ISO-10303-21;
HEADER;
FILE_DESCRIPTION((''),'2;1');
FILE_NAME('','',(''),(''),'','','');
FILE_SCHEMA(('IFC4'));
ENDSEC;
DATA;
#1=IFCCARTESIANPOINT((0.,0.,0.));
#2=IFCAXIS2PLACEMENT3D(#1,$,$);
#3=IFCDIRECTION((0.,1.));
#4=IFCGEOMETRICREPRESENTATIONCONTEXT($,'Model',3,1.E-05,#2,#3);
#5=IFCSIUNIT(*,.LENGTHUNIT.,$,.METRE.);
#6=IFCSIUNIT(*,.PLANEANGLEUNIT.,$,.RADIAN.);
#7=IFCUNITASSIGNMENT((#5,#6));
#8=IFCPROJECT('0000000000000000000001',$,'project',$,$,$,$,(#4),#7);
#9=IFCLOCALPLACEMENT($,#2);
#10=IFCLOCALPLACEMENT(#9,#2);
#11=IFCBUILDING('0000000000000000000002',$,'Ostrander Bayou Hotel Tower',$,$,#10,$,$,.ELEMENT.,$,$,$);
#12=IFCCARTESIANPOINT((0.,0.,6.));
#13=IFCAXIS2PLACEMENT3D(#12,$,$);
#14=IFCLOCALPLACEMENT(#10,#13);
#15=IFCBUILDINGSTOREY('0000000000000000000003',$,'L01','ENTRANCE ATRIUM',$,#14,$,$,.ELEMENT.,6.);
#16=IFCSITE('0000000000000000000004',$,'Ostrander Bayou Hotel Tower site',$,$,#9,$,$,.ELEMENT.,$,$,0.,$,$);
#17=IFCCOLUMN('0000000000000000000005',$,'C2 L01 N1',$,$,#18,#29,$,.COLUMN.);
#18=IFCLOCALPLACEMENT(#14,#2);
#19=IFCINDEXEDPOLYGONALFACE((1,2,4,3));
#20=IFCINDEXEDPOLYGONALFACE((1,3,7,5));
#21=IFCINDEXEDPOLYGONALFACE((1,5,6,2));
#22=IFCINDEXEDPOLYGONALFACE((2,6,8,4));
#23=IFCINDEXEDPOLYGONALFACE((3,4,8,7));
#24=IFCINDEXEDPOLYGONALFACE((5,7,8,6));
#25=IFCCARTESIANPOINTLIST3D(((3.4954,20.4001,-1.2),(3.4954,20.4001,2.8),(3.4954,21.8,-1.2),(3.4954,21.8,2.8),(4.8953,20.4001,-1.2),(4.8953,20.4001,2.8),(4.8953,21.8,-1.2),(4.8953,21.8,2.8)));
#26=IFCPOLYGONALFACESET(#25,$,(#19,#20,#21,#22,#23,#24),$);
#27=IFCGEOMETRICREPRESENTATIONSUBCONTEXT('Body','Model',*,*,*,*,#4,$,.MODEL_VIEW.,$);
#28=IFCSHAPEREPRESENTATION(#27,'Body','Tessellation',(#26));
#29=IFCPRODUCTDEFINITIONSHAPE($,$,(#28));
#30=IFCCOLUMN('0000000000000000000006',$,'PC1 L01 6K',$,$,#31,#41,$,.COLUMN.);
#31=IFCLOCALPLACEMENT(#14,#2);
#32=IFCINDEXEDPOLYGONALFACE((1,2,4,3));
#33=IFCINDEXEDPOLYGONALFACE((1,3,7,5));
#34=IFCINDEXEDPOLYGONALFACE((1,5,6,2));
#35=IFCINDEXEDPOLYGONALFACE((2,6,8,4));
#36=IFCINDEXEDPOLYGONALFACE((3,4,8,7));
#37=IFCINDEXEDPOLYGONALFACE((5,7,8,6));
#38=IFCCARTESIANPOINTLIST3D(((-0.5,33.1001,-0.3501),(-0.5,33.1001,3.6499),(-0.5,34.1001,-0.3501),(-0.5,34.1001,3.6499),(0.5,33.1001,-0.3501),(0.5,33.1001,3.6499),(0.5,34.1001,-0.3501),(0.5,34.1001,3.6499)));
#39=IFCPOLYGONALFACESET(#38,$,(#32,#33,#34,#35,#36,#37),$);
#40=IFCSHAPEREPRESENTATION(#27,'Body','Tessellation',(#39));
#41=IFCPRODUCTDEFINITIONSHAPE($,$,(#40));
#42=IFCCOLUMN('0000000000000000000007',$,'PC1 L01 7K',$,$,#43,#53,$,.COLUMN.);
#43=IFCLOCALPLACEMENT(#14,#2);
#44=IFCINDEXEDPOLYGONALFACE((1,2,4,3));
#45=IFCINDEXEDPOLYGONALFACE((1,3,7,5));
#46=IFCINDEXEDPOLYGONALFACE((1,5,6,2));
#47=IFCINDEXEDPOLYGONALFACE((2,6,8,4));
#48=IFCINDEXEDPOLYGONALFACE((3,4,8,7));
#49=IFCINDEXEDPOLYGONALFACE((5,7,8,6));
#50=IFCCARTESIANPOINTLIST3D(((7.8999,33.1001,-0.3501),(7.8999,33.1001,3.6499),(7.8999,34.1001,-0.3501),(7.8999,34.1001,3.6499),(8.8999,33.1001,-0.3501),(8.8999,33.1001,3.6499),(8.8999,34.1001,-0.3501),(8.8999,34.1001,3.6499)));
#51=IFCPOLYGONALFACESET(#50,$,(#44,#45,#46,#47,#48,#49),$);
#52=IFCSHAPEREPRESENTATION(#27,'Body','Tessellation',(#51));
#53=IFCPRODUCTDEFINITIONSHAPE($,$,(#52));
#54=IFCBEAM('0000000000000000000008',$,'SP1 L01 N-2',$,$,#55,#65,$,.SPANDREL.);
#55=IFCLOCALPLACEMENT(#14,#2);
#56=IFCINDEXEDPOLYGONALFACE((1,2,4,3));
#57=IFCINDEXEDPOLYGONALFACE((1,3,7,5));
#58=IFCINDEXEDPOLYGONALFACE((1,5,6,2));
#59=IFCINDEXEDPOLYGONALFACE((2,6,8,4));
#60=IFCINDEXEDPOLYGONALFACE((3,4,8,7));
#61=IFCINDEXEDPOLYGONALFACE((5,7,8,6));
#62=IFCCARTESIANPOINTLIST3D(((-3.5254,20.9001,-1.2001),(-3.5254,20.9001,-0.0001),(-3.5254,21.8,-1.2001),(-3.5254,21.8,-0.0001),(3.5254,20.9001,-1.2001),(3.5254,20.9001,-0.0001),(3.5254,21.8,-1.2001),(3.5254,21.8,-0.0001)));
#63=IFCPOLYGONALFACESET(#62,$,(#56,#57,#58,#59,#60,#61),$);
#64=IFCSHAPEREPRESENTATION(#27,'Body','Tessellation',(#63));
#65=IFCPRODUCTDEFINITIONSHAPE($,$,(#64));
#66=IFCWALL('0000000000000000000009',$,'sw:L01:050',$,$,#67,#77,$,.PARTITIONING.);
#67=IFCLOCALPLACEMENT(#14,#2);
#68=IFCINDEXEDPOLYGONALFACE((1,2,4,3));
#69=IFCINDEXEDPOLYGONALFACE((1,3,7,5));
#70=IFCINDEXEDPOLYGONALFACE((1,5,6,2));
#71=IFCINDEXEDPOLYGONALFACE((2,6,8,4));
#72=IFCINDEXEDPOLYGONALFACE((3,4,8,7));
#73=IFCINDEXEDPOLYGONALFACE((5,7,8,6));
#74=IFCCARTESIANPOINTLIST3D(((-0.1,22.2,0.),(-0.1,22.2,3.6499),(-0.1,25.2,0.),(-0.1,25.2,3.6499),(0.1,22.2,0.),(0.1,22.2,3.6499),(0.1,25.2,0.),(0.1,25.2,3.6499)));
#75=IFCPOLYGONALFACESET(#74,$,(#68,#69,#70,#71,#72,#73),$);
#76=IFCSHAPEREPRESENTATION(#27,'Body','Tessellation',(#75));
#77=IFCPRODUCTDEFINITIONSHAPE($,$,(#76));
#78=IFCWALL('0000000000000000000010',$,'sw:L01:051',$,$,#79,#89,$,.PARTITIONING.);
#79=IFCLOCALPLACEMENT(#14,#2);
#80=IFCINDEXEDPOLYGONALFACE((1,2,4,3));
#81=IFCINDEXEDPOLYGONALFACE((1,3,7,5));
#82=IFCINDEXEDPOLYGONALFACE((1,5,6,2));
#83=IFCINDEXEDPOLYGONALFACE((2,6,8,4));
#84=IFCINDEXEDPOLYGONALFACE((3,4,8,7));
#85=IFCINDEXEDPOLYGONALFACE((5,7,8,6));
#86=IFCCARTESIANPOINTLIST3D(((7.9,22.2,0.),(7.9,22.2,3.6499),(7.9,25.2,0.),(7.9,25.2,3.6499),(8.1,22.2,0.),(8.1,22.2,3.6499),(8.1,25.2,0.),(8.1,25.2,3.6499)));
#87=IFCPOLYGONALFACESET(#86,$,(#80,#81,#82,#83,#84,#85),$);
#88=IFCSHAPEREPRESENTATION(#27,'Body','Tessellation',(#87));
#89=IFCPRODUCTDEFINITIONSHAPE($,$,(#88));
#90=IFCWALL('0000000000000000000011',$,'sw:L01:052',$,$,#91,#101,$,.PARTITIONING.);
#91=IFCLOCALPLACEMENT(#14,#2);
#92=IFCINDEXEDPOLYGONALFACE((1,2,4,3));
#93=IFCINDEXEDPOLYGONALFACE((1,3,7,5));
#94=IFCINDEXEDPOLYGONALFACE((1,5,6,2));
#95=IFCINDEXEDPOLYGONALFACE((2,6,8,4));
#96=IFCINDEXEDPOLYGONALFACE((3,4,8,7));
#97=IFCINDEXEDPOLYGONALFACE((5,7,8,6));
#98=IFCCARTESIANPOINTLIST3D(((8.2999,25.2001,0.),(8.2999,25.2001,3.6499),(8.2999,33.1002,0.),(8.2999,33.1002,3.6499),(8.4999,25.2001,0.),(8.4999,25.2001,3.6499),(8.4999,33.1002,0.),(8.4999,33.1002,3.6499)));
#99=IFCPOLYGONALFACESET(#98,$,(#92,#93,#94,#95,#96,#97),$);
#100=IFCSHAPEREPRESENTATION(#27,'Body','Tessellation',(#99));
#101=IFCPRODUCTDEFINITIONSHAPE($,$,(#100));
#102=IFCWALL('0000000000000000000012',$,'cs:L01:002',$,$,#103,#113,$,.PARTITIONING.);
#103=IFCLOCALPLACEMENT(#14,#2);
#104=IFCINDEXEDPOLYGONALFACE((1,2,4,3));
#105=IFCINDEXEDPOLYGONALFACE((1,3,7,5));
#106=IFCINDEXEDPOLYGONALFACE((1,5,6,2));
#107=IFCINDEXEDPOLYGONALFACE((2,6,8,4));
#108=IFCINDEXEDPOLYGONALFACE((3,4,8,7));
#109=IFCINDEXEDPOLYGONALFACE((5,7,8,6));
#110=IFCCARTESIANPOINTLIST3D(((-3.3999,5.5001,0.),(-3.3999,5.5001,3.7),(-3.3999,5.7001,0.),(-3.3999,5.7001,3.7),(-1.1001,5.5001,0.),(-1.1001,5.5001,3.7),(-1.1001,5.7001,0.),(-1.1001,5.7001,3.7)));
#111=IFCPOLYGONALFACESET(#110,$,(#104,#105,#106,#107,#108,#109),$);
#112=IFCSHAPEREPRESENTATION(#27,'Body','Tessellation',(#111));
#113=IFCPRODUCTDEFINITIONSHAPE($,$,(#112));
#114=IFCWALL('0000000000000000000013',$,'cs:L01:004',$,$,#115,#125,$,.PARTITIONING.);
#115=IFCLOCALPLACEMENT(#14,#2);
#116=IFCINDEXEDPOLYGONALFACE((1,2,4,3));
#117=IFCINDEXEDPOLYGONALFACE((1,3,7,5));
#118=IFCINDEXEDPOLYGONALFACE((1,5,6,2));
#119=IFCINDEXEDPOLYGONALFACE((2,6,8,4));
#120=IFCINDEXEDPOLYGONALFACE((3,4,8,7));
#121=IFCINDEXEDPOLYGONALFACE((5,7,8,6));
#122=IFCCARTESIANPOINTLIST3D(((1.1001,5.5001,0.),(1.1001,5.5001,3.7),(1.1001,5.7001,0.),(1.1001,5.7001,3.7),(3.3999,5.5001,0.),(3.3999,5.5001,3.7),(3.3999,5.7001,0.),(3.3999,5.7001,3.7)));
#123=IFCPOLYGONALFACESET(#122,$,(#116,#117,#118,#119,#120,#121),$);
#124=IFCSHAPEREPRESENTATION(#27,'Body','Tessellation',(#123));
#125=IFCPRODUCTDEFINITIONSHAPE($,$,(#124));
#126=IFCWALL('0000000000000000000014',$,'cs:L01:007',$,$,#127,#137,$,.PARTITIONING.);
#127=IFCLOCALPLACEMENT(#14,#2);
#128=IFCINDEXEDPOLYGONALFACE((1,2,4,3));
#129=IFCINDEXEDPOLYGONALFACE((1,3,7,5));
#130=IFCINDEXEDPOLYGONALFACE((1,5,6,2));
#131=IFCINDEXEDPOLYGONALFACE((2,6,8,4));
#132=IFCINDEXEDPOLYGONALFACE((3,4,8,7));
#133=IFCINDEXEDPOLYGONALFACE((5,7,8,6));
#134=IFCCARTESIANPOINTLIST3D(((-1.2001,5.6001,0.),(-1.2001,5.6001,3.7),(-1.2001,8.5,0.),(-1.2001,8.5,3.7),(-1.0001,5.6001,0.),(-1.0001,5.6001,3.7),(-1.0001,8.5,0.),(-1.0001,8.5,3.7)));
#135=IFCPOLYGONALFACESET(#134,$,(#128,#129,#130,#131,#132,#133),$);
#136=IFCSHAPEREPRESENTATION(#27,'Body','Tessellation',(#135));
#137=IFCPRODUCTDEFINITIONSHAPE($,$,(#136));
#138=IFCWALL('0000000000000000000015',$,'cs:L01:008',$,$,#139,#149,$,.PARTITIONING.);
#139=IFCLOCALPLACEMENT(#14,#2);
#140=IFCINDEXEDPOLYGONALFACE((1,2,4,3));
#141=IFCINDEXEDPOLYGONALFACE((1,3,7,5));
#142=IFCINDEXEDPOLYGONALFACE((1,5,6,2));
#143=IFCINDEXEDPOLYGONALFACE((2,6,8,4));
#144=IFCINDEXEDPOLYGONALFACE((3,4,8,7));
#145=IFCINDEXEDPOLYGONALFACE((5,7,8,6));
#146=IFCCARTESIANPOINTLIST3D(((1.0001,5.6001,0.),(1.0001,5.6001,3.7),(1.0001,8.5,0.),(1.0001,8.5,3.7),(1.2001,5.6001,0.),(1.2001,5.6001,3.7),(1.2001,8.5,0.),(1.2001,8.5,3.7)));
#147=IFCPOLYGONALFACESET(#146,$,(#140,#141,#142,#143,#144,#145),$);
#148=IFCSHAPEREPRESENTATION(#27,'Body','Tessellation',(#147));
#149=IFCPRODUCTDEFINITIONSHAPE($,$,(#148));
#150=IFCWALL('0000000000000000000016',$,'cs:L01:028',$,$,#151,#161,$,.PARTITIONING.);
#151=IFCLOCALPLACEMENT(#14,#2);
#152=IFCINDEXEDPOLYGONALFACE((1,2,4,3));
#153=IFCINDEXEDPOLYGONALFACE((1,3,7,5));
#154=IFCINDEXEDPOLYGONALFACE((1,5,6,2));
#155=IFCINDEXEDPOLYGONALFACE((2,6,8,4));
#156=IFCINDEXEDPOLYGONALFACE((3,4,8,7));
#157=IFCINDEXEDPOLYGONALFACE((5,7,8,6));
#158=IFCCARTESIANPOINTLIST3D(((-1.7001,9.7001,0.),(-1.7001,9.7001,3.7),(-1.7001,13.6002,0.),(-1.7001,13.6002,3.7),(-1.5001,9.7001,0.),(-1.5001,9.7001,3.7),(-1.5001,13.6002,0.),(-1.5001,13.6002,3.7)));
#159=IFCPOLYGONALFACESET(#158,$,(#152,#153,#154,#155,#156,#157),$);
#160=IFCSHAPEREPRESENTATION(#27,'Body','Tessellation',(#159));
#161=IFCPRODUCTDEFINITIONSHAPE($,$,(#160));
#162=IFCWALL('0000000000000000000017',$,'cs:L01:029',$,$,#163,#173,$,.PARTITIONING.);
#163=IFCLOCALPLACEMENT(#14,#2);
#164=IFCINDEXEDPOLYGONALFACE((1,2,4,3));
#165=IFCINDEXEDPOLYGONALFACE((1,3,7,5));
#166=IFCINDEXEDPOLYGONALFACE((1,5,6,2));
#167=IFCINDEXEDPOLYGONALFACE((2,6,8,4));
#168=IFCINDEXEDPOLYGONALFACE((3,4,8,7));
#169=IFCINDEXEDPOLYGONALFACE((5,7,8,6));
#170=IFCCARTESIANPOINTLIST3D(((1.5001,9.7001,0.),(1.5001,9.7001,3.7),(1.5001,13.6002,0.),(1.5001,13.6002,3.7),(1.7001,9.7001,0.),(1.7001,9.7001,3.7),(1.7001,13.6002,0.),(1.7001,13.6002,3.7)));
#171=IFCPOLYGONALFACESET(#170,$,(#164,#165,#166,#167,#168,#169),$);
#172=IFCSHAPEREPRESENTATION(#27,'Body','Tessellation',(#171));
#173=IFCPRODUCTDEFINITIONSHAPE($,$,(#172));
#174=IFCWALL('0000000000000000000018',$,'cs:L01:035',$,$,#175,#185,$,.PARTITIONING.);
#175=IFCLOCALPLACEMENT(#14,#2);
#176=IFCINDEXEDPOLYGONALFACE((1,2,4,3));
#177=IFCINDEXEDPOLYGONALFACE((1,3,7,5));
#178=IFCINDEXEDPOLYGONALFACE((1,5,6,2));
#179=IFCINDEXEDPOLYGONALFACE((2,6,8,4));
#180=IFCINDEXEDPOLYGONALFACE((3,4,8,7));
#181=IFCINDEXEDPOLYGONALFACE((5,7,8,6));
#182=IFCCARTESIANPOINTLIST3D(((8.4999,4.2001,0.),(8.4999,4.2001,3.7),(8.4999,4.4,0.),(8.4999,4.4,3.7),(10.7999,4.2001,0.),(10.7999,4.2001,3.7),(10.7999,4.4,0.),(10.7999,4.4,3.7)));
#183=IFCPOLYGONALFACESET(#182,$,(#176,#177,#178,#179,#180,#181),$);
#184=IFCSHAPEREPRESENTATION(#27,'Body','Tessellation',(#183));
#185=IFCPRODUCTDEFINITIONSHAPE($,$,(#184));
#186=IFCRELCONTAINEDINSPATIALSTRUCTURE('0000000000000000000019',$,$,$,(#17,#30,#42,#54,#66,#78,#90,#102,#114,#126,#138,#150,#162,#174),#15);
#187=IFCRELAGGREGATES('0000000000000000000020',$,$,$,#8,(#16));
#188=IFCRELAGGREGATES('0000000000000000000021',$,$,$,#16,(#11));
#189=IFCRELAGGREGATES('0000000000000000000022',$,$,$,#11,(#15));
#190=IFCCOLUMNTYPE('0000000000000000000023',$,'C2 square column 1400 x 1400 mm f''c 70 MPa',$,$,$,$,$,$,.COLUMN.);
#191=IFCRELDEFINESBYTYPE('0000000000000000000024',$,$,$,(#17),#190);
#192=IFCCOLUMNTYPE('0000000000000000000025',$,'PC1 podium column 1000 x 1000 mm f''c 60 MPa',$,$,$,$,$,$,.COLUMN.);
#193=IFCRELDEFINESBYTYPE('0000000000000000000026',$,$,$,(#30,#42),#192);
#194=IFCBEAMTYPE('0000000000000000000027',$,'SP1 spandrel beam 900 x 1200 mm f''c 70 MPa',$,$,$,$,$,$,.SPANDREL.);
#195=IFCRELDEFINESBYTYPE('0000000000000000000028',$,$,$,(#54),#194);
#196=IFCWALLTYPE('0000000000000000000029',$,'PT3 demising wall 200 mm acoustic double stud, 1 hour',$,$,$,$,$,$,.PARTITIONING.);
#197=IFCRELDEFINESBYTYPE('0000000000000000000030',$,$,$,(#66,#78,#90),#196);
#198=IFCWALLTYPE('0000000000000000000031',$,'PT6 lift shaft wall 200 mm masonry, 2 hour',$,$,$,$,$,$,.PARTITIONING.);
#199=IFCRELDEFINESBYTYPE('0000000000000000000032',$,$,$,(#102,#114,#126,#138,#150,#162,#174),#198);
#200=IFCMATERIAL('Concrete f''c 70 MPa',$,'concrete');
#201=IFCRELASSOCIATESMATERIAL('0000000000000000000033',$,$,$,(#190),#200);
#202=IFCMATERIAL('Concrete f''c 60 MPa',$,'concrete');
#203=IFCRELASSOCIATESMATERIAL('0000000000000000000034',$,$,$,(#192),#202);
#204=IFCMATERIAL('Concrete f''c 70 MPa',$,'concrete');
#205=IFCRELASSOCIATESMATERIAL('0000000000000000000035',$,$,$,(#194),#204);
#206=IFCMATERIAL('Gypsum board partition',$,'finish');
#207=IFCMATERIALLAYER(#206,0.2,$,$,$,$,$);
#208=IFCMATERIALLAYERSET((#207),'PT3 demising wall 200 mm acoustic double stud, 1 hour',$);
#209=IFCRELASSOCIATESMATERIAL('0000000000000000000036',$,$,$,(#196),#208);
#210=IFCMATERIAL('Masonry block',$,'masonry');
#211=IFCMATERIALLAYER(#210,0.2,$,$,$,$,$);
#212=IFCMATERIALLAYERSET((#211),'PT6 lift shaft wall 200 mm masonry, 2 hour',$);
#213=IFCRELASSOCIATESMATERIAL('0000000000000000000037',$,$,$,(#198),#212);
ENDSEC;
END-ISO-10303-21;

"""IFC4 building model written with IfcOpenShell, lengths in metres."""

from ifc_helpers import new_model, si_unit, direction, frame, frame_2d, origin, origin_2d, place, context, subcontext, project, spatial, rectangle, extrude, material, layer, layer_set, material_profile, profile_set, type_object, element, save


model = new_model("IFC4")

# Units and contexts
model_context = context("Model", 3, precision=1e-05, world=origin(), true_north=direction((0.0, 1.0)))
body_context = subcontext(model_context, "Body", "Model", "MODEL_VIEW")
ifc_project = project(units=[si_unit("LENGTHUNIT", "METRE"), si_unit("PLANEANGLEUNIT", "RADIAN")], contexts=[model_context])

# Site, building, storey
site_placement = place(None, origin())
site = spatial("IfcSite", under=ifc_project, at=site_placement, Name="Ostrander Bayou Hotel Tower site", CompositionType="ELEMENT", RefElevation=0.0)
building_placement = place(site_placement, origin())
building = spatial("IfcBuilding", under=site, at=building_placement, Name="Ostrander Bayou Hotel Tower", CompositionType="ELEMENT")
storey_placement = place(building_placement, frame((0.0, 0.0, 6.0)))
storey = spatial("IfcBuildingStorey", under=building, at=storey_placement, Name="L01", Description="ENTRANCE ATRIUM", CompositionType="ELEMENT", Elevation=6.0)

# Columns
ifc_material_1 = material(Name="Concrete f'c 70 MPa", Category="concrete")
ifc_material_profile_1 = material_profile(ifc_material_1, rectangle(XDim=1.3999, YDim=1.3999, at=origin_2d()))
ifc_profile_set_1 = profile_set([ifc_material_profile_1], Name="Concrete f'c 70 MPa")
column_type_1 = type_object("IfcColumnType", Name="C2 square column 1400 x 1400 mm f'c 70 MPa", PredefinedType="COLUMN", material=ifc_profile_set_1)
column_placement = place(storey_placement, frame((4.1953, 21.1001, -1.2), z_axis=(0.0, 0.0, 1.0), x_axis=(1.0, 0.0, 0.0)))
element("IfcColumn", 1, at=column_placement, inside=storey, type_object=column_type_1, Name="C2 L01 N1", PredefinedType="COLUMN", context=body_context, shape_type="SweptSolid", body=[
    extrude(rectangle(XDim=1.3999, YDim=1.3999, at=origin_2d()), origin(), (0.0, 0.0, 1.0), 4.0),
])
ifc_material_2 = material(Name="Concrete f'c 60 MPa", Category="concrete")
ifc_material_profile_2 = material_profile(ifc_material_2, rectangle(XDim=1.0, YDim=1.0, at=origin_2d()))
ifc_profile_set_2 = profile_set([ifc_material_profile_2], Name="Concrete f'c 60 MPa")
column_type_2 = type_object("IfcColumnType", Name="PC1 podium column 1000 x 1000 mm f'c 60 MPa", PredefinedType="COLUMN", material=ifc_profile_set_2)
for number, where, z_axis, x_axis, name in (
    (2, (0.0, 33.6001, -0.3501), (0.0, 0.0, 1.0), (1.0, 0.0, 0.0), "PC1 L01 6K"),
    (3, (8.3999, 33.6001, -0.3501), (0.0, 0.0, 1.0), (1.0, 0.0, 0.0), "PC1 L01 7K"),
):
    element("IfcColumn", number, at=place(storey_placement, frame(where, z_axis=z_axis, x_axis=x_axis)), inside=storey, type_object=column_type_2, Name=name, PredefinedType="COLUMN", context=body_context, shape_type="SweptSolid", body=[
        extrude(rectangle(XDim=1.0, YDim=1.0, at=origin_2d()), origin(), (0.0, 0.0, 1.0), 4.0),
    ])

# Beam
ifc_material_3 = material(Name="Concrete f'c 70 MPa", Category="concrete")
ifc_material_profile_3 = material_profile(ifc_material_3, rectangle(XDim=0.8999, YDim=1.2, at=origin_2d()))
ifc_profile_set_3 = profile_set([ifc_material_profile_3], Name="Concrete f'c 70 MPa")
beam_type = type_object("IfcBeamType", Name="SP1 spandrel beam 900 x 1200 mm f'c 70 MPa", PredefinedType="SPANDREL", material=ifc_profile_set_3)
beam_placement = place(storey_placement, frame((3.5254, 21.3501, -0.6001), z_axis=(-1.0, 0.0, 0.0), x_axis=(0.0, -1.0, 0.0)))
element("IfcBeam", 4, at=beam_placement, inside=storey, type_object=beam_type, Name="SP1 L01 N-2", PredefinedType="SPANDREL", context=body_context, shape_type="SweptSolid", body=[
    extrude(rectangle(XDim=0.8999, YDim=1.2, at=origin_2d()), origin(), (0.0, 0.0, 1.0), 7.0508),
])

# Shared definitions
ifc_material_4 = material(Name="Gypsum board partition", Category="finish")
ifc_layer_1 = layer(ifc_material_4, 0.2)
ifc_layer_set_1 = layer_set([ifc_layer_1], Name="PT3 demising wall 200 mm acoustic double stud, 1 hour")
wall_type_1 = type_object("IfcWallType", Name="PT3 demising wall 200 mm acoustic double stud, 1 hour", PredefinedType="PARTITIONING", material=ifc_layer_set_1)

# Walls
for number, where, z_axis, x_axis, name in (
    (5, (0.0, 22.2, 0.0), (0.0, 0.0, 1.0), (0.0, 1.0, 0.0), "sw:L01:050"),
    (6, (8.0, 22.2, 0.0), (0.0, 0.0, 1.0), (0.0, 1.0, 0.0), "sw:L01:051"),
):
    element("IfcWall", number, at=place(storey_placement, frame(where, z_axis=z_axis, x_axis=x_axis)), inside=storey, type_object=wall_type_1, Name=name, PredefinedType="PARTITIONING", context=body_context, shape_type="SweptSolid", body=[
        extrude(rectangle(XDim=3.0, YDim=0.2, at=frame_2d((1.5, 0.0))), origin(), (0.0, 0.0, 1.0), 3.6499),
    ])
wall_1_placement = place(storey_placement, frame((8.3999, 25.2, 0.0), z_axis=(0.0, 0.0, 1.0), x_axis=(0.0, 1.0, 0.0)))
element("IfcWall", 7, at=wall_1_placement, inside=storey, type_object=wall_type_1, Name="sw:L01:052", PredefinedType="PARTITIONING", context=body_context, shape_type="SweptSolid", body=[
    extrude(rectangle(XDim=7.9001, YDim=0.2, at=frame_2d((3.9502, 0.0))), origin(), (0.0, 0.0, 1.0), 3.6499),
])

# Walls
ifc_material_5 = material(Name="Masonry block", Category="masonry")
ifc_layer_2 = layer(ifc_material_5, 0.2)
ifc_layer_set_2 = layer_set([ifc_layer_2], Name="PT6 lift shaft wall 200 mm masonry, 2 hour")
wall_type_2 = type_object("IfcWallType", Name="PT6 lift shaft wall 200 mm masonry, 2 hour", PredefinedType="PARTITIONING", material=ifc_layer_set_2)
for number, where, z_axis, x_axis, name in (
    (8, (-3.3999, 5.6001, 0.0), (0.0, 0.0, 1.0), (1.0, 0.0, 0.0), "cs:L01:002"),
    (9, (1.1001, 5.6001, 0.0), (0.0, 0.0, 1.0), (1.0, 0.0, 0.0), "cs:L01:004"),
):
    element("IfcWall", number, at=place(storey_placement, frame(where, z_axis=z_axis, x_axis=x_axis)), inside=storey, type_object=wall_type_2, Name=name, PredefinedType="PARTITIONING", context=body_context, shape_type="SweptSolid", body=[
        extrude(rectangle(XDim=2.2998, YDim=0.2, at=frame_2d((1.1499, 0.0))), origin(), (0.0, 0.0, 1.0), 3.7),
    ])
for number, where, z_axis, x_axis, name in (
    (10, (-1.1001, 5.6001, 0.0), (0.0, 0.0, 1.0), (0.0, 1.0, 0.0), "cs:L01:007"),
    (11, (1.1001, 5.6001, 0.0), (0.0, 0.0, 1.0), (0.0, 1.0, 0.0), "cs:L01:008"),
):
    element("IfcWall", number, at=place(storey_placement, frame(where, z_axis=z_axis, x_axis=x_axis)), inside=storey, type_object=wall_type_2, Name=name, PredefinedType="PARTITIONING", context=body_context, shape_type="SweptSolid", body=[
        extrude(rectangle(XDim=2.8999, YDim=0.2, at=frame_2d((1.45, 0.0))), origin(), (0.0, 0.0, 1.0), 3.7),
    ])
for number, where, z_axis, x_axis, name in (
    (12, (-1.6001, 9.7, 0.0), (0.0, 0.0, 1.0), (0.0, 1.0, 0.0), "cs:L01:028"),
    (13, (1.6001, 9.7, 0.0), (0.0, 0.0, 1.0), (0.0, 1.0, 0.0), "cs:L01:029"),
):
    element("IfcWall", number, at=place(storey_placement, frame(where, z_axis=z_axis, x_axis=x_axis)), inside=storey, type_object=wall_type_2, Name=name, PredefinedType="PARTITIONING", context=body_context, shape_type="SweptSolid", body=[
        extrude(rectangle(XDim=3.9001, YDim=0.2, at=frame_2d((1.9502, 0.0))), origin(), (0.0, 0.0, 1.0), 3.7),
    ])
wall_2_placement = place(storey_placement, frame((8.5, 4.3, 0.0), z_axis=(0.0, 0.0, 1.0), x_axis=(1.0, 0.0, 0.0)))
element("IfcWall", 14, at=wall_2_placement, inside=storey, type_object=wall_type_2, Name="cs:L01:035", PredefinedType="PARTITIONING", context=body_context, shape_type="SweptSolid", body=[
    extrude(rectangle(XDim=2.3, YDim=0.2, at=frame_2d((1.1499, 0.0))), origin(), (0.0, 0.0, 1.0), 3.7),
])

save(model, "model.ifc")
